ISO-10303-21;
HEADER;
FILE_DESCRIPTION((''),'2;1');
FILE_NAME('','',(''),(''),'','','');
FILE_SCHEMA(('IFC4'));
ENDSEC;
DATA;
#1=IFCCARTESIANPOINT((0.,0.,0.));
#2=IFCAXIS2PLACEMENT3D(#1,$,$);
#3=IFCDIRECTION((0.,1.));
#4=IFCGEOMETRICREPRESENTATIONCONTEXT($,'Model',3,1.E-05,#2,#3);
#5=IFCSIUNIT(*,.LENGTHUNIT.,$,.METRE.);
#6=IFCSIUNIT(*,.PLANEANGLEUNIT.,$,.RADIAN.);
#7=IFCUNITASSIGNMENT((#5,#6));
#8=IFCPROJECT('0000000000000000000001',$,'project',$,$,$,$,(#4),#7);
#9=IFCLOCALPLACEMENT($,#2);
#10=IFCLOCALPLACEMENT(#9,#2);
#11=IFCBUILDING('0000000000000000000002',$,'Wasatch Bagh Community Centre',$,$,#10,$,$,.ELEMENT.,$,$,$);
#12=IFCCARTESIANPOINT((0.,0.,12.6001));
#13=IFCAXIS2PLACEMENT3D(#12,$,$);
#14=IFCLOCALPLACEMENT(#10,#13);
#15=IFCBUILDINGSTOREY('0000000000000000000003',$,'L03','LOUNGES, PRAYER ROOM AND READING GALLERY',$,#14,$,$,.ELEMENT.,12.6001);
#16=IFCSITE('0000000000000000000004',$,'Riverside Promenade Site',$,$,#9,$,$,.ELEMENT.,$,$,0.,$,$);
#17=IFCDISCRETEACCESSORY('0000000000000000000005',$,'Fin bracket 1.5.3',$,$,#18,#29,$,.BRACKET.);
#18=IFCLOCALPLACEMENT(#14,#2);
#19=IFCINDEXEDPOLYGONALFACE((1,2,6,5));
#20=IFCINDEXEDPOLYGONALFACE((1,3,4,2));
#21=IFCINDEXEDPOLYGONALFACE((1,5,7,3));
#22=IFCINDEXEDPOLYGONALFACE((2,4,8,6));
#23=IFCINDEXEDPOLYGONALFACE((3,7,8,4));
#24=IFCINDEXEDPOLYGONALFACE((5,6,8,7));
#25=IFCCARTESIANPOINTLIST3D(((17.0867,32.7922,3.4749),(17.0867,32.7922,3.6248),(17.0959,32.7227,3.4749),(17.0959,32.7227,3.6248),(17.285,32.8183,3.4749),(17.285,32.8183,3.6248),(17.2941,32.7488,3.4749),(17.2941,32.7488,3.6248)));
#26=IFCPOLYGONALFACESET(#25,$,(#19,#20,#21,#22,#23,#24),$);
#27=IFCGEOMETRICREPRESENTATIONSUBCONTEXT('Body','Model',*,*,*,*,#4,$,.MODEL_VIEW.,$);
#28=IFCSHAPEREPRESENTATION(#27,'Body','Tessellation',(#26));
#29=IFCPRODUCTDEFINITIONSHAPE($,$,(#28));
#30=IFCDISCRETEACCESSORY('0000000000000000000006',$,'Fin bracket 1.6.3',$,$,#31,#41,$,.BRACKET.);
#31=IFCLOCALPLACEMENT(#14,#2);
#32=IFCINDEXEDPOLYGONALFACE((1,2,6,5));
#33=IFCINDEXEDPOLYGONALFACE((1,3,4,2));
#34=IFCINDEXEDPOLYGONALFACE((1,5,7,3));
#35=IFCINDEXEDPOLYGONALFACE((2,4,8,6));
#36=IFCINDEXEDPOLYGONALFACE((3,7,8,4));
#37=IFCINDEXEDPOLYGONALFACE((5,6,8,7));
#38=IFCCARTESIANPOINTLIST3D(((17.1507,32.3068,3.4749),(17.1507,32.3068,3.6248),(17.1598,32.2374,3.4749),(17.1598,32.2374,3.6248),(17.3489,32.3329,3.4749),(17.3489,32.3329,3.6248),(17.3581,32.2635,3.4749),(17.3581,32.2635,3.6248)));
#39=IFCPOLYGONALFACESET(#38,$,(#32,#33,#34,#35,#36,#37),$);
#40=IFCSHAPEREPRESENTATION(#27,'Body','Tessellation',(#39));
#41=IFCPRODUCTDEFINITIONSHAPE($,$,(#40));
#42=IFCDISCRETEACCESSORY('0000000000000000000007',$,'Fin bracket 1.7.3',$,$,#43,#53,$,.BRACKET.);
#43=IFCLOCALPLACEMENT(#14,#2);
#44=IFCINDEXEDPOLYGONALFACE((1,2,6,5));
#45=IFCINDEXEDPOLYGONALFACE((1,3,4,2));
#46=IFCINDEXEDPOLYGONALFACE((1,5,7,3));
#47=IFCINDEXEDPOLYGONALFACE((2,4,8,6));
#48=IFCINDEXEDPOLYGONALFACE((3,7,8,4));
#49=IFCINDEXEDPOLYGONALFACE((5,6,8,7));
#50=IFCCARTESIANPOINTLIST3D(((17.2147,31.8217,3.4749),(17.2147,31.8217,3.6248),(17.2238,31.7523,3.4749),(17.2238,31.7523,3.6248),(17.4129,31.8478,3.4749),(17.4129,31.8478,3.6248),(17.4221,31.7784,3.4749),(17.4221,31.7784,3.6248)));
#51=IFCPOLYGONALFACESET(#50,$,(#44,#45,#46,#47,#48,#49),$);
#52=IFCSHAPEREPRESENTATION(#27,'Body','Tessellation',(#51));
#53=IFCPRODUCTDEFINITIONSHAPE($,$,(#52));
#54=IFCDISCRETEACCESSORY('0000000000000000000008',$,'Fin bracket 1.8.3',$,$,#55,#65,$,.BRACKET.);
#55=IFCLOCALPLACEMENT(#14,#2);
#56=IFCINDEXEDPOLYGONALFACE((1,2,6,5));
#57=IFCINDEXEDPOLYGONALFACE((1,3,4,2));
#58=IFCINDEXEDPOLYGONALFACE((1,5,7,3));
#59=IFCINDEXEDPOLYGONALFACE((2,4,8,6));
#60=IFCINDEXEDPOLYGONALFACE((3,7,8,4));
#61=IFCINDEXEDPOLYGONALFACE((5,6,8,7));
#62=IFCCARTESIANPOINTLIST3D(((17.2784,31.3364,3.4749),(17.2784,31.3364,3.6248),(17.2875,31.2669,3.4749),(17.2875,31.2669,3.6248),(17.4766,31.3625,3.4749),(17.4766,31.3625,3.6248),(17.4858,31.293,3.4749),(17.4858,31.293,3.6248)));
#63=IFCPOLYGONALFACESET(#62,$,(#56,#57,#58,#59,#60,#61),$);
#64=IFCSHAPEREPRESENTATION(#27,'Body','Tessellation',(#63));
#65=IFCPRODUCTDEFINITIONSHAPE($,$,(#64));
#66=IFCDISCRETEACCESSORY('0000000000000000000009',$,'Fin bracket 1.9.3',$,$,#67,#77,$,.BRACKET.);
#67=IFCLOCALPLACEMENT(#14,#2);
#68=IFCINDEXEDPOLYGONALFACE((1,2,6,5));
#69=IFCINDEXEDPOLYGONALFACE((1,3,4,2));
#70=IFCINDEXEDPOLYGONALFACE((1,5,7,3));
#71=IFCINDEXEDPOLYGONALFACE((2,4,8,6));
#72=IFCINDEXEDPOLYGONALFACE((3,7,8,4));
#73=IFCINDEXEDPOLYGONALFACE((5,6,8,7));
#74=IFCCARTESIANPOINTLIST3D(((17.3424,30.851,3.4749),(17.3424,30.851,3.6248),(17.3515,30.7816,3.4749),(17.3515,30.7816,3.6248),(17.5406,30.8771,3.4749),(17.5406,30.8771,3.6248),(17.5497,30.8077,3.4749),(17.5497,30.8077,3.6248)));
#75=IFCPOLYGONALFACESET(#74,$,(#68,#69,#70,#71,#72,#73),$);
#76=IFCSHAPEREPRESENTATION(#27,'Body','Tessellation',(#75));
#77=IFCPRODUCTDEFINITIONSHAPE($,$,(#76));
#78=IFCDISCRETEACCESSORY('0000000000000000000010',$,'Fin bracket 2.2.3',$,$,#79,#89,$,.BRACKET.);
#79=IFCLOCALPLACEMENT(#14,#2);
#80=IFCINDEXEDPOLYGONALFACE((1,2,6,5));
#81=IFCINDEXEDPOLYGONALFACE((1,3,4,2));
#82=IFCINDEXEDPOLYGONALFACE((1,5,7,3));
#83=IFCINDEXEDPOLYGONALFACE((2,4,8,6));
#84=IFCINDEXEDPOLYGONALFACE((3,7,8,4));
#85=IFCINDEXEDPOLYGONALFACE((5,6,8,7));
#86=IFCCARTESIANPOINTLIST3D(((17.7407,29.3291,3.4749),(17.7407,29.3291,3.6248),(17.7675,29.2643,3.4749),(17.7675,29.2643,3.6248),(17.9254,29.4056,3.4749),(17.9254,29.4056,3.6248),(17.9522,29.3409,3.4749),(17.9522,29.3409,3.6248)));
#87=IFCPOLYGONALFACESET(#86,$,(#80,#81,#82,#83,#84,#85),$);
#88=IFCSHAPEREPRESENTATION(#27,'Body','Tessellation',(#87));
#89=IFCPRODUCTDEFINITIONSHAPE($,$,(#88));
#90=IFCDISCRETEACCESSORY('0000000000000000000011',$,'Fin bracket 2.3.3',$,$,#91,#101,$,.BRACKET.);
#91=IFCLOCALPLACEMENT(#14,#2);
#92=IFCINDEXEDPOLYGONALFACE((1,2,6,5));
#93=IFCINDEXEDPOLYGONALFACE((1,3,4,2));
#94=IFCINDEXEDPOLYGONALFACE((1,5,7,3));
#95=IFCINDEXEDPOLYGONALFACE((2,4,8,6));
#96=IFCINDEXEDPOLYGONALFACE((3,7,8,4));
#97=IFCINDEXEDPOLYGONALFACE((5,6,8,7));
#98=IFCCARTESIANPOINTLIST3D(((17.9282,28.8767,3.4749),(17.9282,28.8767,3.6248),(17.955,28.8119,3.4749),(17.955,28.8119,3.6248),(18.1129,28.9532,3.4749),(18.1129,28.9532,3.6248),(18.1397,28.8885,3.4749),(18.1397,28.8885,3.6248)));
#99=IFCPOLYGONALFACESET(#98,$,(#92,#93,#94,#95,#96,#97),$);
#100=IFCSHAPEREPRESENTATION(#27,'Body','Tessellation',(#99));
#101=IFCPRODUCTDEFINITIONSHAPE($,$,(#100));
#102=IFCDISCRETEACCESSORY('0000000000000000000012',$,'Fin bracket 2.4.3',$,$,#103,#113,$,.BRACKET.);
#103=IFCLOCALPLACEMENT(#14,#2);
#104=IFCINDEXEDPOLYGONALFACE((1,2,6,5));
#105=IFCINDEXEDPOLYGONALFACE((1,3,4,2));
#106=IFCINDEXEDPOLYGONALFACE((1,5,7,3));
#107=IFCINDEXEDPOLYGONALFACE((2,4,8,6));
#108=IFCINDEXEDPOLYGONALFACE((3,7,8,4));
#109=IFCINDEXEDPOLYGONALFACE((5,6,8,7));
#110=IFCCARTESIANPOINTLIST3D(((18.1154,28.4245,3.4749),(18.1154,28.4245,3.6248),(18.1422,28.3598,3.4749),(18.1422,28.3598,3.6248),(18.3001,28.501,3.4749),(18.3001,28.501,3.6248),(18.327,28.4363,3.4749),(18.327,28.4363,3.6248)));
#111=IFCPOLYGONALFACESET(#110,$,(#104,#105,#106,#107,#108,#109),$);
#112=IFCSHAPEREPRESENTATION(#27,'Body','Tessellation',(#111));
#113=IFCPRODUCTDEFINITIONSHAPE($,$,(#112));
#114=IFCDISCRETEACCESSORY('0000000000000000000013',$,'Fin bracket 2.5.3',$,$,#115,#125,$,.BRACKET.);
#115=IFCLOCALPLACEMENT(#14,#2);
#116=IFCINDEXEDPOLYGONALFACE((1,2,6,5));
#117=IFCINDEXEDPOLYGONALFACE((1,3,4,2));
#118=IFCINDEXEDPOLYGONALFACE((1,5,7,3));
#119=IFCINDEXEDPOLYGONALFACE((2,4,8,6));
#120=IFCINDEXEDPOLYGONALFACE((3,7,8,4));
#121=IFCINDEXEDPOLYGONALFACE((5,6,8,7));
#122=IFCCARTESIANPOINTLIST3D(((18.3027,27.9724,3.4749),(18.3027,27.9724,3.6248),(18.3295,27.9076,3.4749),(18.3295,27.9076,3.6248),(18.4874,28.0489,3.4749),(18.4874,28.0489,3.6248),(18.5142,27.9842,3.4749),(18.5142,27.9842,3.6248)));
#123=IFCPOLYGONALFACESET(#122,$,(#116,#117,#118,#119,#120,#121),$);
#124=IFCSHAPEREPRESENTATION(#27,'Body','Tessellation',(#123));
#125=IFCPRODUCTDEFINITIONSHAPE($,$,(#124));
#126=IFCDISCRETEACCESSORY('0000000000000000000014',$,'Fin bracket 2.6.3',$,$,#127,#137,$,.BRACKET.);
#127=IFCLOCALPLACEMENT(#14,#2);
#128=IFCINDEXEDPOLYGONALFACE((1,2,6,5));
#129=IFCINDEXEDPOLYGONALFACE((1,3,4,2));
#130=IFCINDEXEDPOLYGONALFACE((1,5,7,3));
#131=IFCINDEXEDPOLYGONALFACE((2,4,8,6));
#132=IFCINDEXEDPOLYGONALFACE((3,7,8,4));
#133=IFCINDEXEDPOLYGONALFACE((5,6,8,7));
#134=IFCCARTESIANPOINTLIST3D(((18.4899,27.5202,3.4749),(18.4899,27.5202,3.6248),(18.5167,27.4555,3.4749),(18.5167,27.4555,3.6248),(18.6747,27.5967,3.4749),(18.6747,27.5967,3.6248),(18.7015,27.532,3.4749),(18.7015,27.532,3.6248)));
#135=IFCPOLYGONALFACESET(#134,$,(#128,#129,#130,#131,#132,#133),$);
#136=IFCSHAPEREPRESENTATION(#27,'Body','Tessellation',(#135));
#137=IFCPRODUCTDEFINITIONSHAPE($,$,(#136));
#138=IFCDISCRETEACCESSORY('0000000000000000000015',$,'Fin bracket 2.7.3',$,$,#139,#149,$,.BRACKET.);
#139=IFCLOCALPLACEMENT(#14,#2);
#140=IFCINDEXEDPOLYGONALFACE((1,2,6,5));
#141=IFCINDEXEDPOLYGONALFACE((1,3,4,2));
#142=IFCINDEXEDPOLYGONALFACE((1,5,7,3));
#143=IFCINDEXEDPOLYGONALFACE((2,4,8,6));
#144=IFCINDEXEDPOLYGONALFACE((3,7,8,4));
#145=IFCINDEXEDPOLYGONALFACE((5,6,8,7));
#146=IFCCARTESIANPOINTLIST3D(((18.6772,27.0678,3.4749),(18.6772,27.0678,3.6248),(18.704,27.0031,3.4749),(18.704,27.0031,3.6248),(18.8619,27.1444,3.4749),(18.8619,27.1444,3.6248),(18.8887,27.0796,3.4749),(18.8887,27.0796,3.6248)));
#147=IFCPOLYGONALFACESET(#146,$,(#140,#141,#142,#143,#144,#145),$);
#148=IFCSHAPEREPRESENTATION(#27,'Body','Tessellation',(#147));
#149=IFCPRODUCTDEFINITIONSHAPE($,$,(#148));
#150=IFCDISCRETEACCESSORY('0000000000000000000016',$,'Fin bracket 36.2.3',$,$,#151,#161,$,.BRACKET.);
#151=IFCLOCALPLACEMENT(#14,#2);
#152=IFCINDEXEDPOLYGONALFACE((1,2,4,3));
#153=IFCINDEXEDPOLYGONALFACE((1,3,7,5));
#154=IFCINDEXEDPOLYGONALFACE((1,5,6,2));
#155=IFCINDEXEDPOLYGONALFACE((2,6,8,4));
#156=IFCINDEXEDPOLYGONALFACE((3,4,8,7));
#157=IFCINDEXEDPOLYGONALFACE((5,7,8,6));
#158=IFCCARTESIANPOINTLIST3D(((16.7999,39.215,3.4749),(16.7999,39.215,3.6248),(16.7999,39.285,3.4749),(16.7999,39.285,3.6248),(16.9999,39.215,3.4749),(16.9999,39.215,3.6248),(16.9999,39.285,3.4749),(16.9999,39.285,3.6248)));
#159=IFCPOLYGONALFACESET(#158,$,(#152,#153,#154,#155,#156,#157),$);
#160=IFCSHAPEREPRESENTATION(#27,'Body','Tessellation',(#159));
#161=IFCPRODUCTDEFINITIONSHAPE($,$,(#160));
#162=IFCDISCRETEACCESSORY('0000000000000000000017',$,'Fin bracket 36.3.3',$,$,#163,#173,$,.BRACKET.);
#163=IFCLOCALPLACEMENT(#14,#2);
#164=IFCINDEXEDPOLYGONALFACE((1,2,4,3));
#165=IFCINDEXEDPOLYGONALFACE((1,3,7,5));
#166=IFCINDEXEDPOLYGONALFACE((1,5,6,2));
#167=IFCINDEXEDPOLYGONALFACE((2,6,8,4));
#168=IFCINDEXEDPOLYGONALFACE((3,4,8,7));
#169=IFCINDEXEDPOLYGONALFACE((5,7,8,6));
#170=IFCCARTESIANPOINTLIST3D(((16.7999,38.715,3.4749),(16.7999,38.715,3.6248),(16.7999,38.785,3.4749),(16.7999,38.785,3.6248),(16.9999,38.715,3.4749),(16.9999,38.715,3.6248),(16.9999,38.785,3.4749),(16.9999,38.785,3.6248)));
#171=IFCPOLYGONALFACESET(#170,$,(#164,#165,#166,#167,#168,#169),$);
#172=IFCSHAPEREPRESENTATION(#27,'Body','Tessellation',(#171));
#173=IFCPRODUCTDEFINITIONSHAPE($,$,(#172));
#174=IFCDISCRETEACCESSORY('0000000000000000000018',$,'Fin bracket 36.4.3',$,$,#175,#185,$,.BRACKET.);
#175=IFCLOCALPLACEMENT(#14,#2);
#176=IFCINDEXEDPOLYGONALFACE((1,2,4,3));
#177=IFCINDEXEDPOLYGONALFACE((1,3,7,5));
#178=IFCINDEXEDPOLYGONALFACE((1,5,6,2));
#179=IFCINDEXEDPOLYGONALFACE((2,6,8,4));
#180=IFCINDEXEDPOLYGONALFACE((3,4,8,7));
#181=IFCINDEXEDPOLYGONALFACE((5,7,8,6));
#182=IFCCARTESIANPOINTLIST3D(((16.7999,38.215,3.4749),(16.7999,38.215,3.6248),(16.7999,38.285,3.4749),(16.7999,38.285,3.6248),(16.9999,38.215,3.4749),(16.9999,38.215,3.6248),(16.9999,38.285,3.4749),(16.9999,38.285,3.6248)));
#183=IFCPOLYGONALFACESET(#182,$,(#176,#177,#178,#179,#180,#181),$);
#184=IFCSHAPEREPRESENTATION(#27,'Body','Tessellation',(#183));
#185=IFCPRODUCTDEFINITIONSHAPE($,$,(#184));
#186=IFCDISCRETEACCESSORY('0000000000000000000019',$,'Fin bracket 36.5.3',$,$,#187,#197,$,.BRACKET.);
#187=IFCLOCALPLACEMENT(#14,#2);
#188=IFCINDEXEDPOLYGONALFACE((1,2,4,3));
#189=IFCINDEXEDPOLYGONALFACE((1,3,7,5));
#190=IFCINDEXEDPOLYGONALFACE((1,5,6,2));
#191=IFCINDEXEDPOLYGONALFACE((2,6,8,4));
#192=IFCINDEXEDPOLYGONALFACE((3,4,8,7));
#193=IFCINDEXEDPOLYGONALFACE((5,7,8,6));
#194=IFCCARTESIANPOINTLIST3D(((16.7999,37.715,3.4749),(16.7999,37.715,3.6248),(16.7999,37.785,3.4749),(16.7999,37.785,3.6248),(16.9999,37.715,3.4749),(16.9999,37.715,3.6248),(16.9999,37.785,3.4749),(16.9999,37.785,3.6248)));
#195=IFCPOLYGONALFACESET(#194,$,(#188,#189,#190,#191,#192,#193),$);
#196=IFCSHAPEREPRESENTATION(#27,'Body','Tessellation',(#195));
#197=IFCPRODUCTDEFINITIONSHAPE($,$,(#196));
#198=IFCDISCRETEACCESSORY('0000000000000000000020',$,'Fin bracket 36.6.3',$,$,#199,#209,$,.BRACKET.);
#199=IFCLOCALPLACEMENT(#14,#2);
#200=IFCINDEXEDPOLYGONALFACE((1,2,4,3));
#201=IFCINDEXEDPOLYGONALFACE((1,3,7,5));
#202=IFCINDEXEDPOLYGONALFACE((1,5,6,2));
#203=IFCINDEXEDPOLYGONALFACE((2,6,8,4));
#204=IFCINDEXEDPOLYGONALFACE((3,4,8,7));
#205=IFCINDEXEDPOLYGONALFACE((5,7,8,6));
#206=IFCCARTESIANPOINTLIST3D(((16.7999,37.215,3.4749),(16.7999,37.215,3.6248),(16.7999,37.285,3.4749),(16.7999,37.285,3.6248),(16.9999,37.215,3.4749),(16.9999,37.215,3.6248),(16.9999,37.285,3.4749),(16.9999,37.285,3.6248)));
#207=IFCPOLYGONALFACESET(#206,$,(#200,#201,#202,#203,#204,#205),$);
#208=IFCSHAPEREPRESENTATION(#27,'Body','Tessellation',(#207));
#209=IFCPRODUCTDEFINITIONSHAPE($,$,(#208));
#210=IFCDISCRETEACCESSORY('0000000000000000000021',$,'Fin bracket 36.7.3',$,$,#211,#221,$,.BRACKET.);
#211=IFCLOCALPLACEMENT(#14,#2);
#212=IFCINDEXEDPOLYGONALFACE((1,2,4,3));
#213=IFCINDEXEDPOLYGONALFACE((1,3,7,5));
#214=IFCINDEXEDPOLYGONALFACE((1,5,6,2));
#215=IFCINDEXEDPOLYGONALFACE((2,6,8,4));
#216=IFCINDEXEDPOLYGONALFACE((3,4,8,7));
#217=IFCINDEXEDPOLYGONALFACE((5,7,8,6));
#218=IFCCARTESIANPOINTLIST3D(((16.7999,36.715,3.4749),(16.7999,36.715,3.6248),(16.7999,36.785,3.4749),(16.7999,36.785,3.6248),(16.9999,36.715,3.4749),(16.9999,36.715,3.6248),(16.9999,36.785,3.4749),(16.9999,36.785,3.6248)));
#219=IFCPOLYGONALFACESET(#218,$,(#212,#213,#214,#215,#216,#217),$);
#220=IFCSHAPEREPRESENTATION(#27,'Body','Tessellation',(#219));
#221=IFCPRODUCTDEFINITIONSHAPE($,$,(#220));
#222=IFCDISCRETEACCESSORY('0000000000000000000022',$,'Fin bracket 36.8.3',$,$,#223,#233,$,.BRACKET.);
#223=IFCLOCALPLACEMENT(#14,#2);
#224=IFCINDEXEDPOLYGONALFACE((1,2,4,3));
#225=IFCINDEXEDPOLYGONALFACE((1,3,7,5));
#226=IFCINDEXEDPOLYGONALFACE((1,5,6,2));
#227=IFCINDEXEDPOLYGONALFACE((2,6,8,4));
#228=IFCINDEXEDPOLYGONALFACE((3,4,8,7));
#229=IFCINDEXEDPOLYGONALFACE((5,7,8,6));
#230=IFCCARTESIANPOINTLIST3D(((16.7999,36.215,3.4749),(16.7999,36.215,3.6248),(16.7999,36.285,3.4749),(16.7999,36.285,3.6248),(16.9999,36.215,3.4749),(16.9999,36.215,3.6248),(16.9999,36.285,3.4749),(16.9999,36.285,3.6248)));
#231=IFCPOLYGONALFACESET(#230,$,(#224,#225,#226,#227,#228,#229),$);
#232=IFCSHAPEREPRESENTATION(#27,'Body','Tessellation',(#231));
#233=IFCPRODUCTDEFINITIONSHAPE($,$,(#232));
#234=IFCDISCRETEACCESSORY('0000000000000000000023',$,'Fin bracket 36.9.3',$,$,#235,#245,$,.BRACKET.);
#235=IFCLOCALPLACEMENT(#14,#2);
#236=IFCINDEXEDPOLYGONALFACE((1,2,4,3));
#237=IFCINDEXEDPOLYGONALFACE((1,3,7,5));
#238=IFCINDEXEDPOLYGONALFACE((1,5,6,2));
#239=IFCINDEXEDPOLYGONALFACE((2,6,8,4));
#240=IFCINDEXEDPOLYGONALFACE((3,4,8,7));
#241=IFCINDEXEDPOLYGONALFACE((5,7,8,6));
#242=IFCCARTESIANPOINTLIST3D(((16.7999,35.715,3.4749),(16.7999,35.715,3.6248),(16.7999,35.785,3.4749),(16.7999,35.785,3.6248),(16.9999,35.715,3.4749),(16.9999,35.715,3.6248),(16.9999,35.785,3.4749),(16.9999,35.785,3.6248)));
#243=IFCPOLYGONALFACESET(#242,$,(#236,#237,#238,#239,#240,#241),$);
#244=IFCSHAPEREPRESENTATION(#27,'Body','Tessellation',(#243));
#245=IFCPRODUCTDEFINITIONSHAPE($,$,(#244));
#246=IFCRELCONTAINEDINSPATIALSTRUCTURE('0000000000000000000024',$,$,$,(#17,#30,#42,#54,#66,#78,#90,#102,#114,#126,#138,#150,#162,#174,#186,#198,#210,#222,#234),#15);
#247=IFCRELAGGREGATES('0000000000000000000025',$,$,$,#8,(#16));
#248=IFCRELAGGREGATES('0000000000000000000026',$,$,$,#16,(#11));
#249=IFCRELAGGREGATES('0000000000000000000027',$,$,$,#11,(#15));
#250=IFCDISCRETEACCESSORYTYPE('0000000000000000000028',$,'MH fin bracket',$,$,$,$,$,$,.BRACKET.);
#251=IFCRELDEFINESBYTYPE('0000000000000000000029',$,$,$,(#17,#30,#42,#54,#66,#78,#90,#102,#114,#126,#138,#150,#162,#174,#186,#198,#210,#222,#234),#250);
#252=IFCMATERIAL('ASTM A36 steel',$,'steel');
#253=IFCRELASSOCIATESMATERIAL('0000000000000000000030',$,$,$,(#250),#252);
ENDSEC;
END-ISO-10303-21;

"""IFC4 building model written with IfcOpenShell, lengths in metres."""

from ifc_helpers import new_model, si_unit, direction, frame, origin, origin_2d, place, context, subcontext, project, spatial, rectangle, extrude, material, type_object, element, save


model = new_model("IFC4")

# Units and contexts
model_context = context("Model", 3, precision=1e-05, world=origin(), true_north=direction((0.0, 1.0)))
body_context = subcontext(model_context, "Body", "Model", "MODEL_VIEW")
ifc_project = project(units=[si_unit("LENGTHUNIT", "METRE"), si_unit("PLANEANGLEUNIT", "RADIAN")], contexts=[model_context])

# Site, building, storey
site_placement = place(None, origin())
site = spatial("IfcSite", under=ifc_project, at=site_placement, Name="Riverside Promenade Site", CompositionType="ELEMENT", RefElevation=0.0)
building_placement = place(site_placement, origin())
building = spatial("IfcBuilding", under=site, at=building_placement, Name="Wasatch Bagh Community Centre", CompositionType="ELEMENT")
storey_placement = place(building_placement, frame((0.0, 0.0, 12.6001)))
storey = spatial("IfcBuildingStorey", under=building, at=storey_placement, Name="L03", Description="LOUNGES, PRAYER ROOM AND READING GALLERY", CompositionType="ELEMENT", Elevation=12.6001)

# Discrete accessories
ifc_material_1 = material(Name="ASTM A36 steel", Category="steel")
discrete_accessory_type = type_object("IfcDiscreteAccessoryType", Name="MH fin bracket", PredefinedType="BRACKET", material=ifc_material_1)
for number, where, z_axis, x_axis, name in (
    (1, (17.1904, 32.7705, 3.4749), (0.0, 0.0, 1.0), (0.130526, -0.991445, 0.0), "Fin bracket 1.5.3"),
    (2, (17.2544, 32.2852, 3.4749), (0.0, 0.0, 1.0), (0.130526, -0.991445, 0.0), "Fin bracket 1.6.3"),
    (3, (17.3184, 31.8, 3.4749), (0.0, 0.0, 1.0), (0.130526, -0.991445, 0.0), "Fin bracket 1.7.3"),
    (4, (17.3821, 31.3147, 3.4749), (0.0, 0.0, 1.0), (0.130526, -0.991445, 0.0), "Fin bracket 1.8.3"),
    (5, (17.446, 30.8293, 3.4749), (0.0, 0.0, 1.0), (0.130526, -0.991445, 0.0), "Fin bracket 1.9.3"),
    (6, (17.8464, 29.335, 3.4749), (0.0, 0.0, 1.0), (0.382683, -0.92388, 0.0), "Fin bracket 2.2.3"),
    (7, (18.0339, 28.8826, 3.4749), (0.0, 0.0, 1.0), (0.382683, -0.92388, 0.0), "Fin bracket 2.3.3"),
    (8, (18.2212, 28.4304, 3.4749), (0.0, 0.0, 1.0), (0.382683, -0.92388, 0.0), "Fin bracket 2.4.3"),
    (9, (18.4084, 27.9783, 3.4749), (0.0, 0.0, 1.0), (0.382683, -0.92388, 0.0), "Fin bracket 2.5.3"),
    (10, (18.5957, 27.5261, 3.4749), (0.0, 0.0, 1.0), (0.382683, -0.92388, 0.0), "Fin bracket 2.6.3"),
    (11, (18.783, 27.0737, 3.4749), (0.0, 0.0, 1.0), (0.382683, -0.92388, 0.0), "Fin bracket 2.7.3"),
    (12, (16.8999, 39.25, 3.4749), (0.0, 0.0, 1.0), (0.0, -1.0, 0.0), "Fin bracket 36.2.3"),
    (13, (16.8999, 38.75, 3.4749), (0.0, 0.0, 1.0), (0.0, -1.0, 0.0), "Fin bracket 36.3.3"),
    (14, (16.8999, 38.25, 3.4749), (0.0, 0.0, 1.0), (0.0, -1.0, 0.0), "Fin bracket 36.4.3"),
    (15, (16.8999, 37.75, 3.4749), (0.0, 0.0, 1.0), (0.0, -1.0, 0.0), "Fin bracket 36.5.3"),
    (16, (16.8999, 37.25, 3.4749), (0.0, 0.0, 1.0), (0.0, -1.0, 0.0), "Fin bracket 36.6.3"),
    (17, (16.8999, 36.75, 3.4749), (0.0, 0.0, 1.0), (0.0, -1.0, 0.0), "Fin bracket 36.7.3"),
    (18, (16.8999, 36.25, 3.4749), (0.0, 0.0, 1.0), (0.0, -1.0, 0.0), "Fin bracket 36.8.3"),
    (19, (16.8999, 35.75, 3.4749), (0.0, 0.0, 1.0), (0.0, -1.0, 0.0), "Fin bracket 36.9.3"),
):
    element("IfcDiscreteAccessory", number, at=place(storey_placement, frame(where, z_axis=z_axis, x_axis=x_axis)), inside=storey, type_object=discrete_accessory_type, Name=name, PredefinedType="BRACKET", context=body_context, shape_type="SweptSolid", body=[
        extrude(rectangle(XDim=0.0701, YDim=0.2, at=origin_2d()), origin(), (0.0, 0.0, 1.0), 0.1499),
    ])

save(model, "model.ifc")
